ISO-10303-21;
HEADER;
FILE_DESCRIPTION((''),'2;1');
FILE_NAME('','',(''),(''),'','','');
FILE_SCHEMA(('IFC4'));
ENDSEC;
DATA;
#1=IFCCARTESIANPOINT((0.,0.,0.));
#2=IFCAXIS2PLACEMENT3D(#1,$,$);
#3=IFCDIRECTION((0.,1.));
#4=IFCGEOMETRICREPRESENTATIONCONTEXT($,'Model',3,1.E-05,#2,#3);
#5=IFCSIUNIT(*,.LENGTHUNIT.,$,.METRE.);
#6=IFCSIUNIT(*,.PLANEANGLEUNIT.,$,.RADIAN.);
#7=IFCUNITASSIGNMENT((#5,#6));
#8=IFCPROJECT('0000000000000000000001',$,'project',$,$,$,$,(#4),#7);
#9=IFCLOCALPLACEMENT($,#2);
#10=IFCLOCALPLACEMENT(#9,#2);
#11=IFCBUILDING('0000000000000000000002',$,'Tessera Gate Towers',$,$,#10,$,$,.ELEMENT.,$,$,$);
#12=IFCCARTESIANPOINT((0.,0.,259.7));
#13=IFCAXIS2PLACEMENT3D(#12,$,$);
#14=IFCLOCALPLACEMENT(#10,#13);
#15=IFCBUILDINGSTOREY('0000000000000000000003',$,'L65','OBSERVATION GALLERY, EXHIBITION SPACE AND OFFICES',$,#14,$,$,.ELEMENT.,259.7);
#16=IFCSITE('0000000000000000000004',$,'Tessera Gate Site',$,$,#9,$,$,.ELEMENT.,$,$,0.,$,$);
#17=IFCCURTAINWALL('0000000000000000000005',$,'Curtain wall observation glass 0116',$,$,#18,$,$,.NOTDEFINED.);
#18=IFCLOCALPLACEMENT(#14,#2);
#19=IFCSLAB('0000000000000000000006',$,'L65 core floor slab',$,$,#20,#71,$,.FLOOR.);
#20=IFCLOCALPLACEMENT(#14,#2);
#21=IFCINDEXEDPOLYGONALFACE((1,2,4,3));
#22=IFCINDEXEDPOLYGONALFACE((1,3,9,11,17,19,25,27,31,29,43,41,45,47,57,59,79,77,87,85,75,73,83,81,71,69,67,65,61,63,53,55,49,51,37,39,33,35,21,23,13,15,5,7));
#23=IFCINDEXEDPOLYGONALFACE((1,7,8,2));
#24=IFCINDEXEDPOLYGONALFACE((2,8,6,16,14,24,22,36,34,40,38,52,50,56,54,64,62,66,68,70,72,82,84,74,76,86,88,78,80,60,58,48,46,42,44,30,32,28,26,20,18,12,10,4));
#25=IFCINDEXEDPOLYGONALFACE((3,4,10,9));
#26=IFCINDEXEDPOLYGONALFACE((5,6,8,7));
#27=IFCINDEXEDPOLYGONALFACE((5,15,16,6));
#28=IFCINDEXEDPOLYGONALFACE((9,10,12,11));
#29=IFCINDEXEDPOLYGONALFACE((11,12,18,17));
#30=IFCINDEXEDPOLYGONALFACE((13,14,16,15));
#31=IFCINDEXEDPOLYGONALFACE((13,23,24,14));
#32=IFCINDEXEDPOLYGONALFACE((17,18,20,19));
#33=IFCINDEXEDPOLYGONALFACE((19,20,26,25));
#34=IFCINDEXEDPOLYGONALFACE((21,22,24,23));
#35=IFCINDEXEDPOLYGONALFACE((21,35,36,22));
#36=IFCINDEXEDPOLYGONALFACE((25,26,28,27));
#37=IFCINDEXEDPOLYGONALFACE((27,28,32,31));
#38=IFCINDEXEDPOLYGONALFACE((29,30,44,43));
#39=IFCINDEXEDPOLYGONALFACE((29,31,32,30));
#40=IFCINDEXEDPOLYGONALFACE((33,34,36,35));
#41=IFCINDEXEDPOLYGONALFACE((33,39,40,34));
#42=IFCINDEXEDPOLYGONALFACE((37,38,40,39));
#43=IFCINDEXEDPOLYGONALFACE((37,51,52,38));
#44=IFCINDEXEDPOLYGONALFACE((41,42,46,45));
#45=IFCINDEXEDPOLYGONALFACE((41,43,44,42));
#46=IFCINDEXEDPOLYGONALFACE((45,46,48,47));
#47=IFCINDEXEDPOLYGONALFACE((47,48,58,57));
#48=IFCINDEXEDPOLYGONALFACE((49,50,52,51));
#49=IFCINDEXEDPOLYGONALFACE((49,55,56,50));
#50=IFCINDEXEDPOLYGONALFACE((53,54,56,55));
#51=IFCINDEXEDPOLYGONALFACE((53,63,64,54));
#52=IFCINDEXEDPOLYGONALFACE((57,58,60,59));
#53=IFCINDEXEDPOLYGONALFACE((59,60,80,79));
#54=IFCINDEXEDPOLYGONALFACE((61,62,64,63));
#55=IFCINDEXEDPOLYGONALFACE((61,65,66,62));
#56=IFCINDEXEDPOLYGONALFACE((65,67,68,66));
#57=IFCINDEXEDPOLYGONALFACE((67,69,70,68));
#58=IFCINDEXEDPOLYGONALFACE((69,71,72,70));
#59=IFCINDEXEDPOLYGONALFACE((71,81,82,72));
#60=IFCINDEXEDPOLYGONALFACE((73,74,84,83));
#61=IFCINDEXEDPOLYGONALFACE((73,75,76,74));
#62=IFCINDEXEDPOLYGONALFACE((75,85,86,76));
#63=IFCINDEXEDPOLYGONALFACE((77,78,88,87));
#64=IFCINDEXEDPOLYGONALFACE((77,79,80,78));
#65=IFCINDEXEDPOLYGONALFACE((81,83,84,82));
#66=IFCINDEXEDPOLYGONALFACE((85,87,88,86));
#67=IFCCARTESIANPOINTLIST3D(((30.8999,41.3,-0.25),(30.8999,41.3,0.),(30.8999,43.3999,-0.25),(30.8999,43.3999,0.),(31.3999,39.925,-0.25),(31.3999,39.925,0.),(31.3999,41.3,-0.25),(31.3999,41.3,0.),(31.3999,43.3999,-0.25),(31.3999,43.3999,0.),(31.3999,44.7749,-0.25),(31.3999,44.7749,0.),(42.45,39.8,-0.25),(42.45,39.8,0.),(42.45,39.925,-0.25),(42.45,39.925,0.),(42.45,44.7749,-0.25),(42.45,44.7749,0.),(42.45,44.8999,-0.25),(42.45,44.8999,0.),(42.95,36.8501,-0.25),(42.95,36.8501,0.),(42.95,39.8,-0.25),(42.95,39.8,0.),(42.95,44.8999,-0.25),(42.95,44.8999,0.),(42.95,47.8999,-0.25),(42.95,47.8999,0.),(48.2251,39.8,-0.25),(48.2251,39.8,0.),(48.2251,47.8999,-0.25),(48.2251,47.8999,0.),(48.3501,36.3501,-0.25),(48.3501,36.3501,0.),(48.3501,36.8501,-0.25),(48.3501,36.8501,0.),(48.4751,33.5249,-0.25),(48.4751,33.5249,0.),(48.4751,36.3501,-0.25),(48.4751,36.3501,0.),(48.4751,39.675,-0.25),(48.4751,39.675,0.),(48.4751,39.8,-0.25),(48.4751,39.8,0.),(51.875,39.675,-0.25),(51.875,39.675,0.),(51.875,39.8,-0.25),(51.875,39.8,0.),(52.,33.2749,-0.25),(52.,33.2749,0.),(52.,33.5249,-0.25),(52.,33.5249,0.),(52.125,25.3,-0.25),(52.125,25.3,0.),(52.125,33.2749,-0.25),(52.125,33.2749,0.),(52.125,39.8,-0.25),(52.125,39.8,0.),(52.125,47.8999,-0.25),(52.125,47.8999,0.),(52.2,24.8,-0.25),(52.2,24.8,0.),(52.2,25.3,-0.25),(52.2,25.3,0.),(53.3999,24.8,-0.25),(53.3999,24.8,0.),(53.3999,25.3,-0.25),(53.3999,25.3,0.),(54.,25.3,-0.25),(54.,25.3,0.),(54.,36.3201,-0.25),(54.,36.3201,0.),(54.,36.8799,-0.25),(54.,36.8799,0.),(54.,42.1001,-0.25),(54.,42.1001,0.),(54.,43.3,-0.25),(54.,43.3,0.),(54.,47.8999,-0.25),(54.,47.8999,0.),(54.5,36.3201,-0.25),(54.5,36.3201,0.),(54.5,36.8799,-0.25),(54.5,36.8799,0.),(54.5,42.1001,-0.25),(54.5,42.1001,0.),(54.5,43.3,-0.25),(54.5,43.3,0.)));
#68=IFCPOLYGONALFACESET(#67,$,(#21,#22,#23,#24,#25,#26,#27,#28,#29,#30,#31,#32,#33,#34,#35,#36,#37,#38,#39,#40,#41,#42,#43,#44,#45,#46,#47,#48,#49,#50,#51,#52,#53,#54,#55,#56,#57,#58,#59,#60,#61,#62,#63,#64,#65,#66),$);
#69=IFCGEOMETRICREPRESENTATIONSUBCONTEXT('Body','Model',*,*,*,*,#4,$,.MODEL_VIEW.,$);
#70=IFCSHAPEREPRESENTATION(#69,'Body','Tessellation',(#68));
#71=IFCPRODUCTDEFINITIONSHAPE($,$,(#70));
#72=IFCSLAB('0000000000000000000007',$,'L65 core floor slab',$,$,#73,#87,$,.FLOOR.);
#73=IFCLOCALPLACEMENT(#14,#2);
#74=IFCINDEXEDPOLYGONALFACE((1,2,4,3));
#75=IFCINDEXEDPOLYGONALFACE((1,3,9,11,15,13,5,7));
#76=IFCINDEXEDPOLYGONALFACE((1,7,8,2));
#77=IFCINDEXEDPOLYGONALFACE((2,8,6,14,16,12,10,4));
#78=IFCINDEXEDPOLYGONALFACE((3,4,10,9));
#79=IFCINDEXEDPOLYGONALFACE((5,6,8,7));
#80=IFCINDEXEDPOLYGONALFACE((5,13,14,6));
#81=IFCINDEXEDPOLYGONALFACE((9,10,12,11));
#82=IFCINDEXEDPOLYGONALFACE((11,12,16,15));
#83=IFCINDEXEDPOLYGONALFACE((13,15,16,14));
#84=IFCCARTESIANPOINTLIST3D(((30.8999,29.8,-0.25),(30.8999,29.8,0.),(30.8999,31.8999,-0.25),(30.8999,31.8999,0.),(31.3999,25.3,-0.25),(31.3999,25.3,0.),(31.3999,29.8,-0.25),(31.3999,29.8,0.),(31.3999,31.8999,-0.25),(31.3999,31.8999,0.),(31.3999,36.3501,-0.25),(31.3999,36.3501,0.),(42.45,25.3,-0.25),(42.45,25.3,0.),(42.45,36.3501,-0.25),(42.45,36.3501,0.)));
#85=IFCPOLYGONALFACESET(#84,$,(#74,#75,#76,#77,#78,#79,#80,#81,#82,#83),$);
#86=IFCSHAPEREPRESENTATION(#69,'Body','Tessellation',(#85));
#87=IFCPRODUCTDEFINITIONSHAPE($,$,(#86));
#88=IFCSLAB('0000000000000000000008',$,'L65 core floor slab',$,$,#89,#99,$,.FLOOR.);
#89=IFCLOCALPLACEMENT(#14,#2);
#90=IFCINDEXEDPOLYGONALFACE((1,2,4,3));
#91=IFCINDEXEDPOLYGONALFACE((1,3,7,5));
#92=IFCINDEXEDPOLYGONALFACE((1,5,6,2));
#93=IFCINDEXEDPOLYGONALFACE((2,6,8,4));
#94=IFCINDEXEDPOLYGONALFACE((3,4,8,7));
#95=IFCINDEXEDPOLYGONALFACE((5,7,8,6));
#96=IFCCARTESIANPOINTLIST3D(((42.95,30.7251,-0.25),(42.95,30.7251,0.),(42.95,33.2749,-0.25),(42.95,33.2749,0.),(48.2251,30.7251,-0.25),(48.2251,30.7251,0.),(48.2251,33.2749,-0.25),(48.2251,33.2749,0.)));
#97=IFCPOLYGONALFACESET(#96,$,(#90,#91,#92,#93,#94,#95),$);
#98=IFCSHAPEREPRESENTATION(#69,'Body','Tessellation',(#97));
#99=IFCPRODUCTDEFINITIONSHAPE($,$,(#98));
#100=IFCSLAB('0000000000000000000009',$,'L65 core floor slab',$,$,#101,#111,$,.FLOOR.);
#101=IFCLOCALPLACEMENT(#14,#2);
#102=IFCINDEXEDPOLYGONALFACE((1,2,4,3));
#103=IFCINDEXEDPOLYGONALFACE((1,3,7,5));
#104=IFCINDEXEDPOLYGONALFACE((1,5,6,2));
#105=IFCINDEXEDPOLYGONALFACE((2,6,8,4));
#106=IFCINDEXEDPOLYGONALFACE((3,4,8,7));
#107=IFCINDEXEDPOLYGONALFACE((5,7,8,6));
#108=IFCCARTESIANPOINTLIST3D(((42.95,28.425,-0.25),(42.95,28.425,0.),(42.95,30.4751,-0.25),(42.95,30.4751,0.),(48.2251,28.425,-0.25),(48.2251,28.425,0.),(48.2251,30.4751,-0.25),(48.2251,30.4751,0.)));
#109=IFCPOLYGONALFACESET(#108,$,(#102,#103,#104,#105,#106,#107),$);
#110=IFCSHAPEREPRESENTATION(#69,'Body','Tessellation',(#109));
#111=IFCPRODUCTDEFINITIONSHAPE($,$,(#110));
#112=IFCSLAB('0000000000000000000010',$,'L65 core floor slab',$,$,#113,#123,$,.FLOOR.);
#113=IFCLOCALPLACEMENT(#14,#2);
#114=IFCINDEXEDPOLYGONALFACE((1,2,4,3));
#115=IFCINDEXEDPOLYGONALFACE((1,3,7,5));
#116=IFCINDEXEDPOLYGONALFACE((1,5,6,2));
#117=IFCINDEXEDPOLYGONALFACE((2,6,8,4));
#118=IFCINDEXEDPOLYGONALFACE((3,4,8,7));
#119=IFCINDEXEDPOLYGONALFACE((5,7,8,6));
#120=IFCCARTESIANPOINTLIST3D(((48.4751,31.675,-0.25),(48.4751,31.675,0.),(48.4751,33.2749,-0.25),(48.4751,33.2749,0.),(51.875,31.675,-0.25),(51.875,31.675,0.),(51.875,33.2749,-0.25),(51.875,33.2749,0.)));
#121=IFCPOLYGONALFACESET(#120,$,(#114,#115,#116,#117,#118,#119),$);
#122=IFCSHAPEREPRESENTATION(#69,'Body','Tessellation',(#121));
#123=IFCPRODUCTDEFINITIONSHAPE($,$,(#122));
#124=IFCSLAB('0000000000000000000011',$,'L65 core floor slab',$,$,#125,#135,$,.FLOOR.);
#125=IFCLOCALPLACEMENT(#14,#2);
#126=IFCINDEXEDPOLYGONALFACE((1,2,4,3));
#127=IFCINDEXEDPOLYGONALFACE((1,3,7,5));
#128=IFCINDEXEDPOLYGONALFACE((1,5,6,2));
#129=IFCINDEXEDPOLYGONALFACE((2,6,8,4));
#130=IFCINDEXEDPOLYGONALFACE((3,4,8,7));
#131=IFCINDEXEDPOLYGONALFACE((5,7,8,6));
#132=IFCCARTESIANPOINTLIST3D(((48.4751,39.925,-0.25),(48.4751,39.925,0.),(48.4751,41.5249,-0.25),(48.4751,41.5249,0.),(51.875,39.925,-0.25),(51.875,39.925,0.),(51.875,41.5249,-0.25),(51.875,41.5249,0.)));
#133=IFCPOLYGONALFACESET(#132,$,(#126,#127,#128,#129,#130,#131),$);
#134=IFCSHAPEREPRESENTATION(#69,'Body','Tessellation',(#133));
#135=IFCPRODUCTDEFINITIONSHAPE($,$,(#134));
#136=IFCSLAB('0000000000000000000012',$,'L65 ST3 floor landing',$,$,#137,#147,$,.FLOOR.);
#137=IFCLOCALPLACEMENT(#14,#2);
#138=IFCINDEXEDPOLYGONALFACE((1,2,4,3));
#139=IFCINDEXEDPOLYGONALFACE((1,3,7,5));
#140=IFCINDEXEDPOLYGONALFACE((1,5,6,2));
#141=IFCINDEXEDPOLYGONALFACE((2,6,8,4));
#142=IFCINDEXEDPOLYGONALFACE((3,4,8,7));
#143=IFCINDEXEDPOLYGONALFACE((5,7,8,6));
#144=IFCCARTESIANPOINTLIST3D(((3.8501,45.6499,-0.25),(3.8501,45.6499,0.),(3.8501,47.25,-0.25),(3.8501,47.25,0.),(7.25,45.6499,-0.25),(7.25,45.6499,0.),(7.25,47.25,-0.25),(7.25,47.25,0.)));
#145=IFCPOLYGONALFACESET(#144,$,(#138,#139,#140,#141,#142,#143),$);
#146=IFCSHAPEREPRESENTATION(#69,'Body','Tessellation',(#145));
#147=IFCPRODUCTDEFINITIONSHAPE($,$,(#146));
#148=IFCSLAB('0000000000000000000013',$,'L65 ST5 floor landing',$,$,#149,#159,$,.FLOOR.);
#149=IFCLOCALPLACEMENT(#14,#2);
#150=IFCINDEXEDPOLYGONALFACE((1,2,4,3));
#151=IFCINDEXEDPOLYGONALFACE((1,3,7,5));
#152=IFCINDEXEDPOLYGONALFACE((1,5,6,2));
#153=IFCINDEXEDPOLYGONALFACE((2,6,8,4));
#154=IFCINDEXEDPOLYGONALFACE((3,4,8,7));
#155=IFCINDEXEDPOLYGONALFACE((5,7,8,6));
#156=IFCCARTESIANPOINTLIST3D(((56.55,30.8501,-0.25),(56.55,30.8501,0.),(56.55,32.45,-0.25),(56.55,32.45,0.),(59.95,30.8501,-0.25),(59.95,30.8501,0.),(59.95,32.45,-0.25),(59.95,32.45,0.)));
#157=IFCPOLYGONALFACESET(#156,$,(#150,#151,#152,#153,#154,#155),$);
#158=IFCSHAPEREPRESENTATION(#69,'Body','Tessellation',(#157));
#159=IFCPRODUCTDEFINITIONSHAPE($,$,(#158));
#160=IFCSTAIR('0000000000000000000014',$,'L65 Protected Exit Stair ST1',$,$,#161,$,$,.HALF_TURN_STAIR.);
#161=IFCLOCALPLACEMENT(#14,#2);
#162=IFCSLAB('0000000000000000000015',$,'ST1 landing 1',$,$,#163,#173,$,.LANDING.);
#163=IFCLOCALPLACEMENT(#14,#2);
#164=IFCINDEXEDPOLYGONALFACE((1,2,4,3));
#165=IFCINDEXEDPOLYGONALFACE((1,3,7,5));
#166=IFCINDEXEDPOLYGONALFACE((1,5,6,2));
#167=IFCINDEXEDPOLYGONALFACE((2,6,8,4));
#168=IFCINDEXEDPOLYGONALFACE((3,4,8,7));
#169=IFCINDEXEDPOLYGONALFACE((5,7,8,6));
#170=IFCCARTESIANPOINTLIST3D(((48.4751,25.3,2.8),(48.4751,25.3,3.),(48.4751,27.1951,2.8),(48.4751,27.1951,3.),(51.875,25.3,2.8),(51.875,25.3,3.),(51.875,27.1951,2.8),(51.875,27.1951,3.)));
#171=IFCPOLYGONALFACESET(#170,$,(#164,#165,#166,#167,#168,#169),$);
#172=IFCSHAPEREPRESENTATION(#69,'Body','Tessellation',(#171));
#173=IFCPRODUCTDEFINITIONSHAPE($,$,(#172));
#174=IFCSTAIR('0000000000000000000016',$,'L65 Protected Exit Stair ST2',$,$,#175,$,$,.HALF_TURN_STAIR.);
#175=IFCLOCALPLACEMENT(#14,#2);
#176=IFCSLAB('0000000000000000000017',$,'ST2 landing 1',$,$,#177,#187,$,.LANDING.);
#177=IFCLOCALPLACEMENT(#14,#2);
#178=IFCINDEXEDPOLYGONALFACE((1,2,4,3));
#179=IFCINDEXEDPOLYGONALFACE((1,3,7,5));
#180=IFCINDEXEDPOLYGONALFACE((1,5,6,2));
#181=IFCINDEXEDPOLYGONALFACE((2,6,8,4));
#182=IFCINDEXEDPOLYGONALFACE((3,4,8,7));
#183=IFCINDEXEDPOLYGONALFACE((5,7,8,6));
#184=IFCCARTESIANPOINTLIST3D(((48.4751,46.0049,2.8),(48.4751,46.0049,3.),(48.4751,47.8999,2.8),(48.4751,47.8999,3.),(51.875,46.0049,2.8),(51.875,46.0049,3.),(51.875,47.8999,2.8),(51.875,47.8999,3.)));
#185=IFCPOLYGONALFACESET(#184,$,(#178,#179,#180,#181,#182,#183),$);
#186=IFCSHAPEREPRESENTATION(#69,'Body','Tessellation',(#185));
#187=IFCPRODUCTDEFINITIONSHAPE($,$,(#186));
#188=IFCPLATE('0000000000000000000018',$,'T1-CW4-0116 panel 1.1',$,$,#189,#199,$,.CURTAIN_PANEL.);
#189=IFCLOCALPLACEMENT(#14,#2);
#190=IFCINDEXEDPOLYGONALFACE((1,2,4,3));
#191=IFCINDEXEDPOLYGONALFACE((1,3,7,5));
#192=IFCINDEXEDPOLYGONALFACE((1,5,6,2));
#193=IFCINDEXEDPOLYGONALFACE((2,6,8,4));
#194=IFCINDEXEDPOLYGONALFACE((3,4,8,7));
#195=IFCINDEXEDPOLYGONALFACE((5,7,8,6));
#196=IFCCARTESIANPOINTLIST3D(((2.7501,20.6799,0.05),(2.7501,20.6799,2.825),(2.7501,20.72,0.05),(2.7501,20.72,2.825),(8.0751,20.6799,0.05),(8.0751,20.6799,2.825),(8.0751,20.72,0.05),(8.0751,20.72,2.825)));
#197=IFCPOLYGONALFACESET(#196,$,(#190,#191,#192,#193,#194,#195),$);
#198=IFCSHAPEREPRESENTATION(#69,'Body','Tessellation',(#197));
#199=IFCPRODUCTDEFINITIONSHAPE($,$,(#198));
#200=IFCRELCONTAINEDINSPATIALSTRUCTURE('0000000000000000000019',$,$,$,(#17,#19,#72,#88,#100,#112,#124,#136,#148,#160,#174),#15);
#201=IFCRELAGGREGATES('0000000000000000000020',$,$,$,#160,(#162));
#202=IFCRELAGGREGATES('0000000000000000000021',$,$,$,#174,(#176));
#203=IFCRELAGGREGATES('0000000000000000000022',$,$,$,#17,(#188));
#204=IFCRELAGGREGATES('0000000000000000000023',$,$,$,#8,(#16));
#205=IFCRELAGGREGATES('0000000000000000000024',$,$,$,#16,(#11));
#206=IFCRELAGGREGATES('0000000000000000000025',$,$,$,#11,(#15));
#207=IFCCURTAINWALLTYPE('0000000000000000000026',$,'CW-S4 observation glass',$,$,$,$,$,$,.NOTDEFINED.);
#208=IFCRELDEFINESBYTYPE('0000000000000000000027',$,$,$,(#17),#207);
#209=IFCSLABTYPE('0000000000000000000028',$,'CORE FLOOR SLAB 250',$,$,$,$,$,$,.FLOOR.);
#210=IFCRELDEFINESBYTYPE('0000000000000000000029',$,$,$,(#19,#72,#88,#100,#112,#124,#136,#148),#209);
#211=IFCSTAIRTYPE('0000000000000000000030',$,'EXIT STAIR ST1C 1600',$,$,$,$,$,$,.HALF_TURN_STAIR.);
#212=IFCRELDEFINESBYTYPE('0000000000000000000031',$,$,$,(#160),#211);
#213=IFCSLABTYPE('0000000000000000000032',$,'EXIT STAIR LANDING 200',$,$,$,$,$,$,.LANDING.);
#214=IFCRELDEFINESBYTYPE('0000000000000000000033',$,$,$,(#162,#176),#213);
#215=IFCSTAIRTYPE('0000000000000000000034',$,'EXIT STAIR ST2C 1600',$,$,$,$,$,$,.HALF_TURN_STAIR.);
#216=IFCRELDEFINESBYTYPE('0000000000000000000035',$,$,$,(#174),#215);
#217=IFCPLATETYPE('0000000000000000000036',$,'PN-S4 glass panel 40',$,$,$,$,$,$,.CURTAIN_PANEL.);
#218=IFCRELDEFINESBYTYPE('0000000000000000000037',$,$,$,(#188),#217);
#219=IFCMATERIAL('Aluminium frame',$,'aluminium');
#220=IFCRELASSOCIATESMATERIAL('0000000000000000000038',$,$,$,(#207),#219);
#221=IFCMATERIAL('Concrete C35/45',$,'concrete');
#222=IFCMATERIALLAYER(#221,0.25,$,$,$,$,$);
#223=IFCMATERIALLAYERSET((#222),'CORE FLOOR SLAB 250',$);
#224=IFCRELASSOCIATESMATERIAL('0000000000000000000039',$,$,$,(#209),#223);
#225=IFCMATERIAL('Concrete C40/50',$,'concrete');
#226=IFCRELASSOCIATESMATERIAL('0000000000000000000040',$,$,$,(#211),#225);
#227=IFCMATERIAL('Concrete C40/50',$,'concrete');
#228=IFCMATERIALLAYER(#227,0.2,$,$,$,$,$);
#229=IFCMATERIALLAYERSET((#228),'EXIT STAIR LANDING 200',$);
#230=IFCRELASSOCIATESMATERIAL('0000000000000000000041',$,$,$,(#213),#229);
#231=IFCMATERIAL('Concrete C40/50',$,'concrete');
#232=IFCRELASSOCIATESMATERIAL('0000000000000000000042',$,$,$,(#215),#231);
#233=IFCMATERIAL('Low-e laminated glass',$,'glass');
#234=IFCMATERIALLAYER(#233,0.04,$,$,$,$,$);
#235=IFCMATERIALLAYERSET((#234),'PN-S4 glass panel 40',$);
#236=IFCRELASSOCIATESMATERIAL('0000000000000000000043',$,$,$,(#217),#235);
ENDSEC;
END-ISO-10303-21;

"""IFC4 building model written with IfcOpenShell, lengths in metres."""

from ifc_helpers import new_model, si_unit, direction, frame, origin, origin_2d, place, context, subcontext, project, spatial, polyline, rectangle, outline, extrude, material, layer, layer_set, type_object, element, aggregate, save


model = new_model("IFC4")

# Units and contexts
model_context = context("Model", 3, precision=1e-05, world=origin(), true_north=direction((0.0, 1.0)))
body_context = subcontext(model_context, "Body", "Model", "MODEL_VIEW")
ifc_project = project(units=[si_unit("LENGTHUNIT", "METRE"), si_unit("PLANEANGLEUNIT", "RADIAN")], contexts=[model_context])

# Site, building, storey
site_placement = place(None, origin())
site = spatial("IfcSite", under=ifc_project, at=site_placement, Name="Tessera Gate Site", CompositionType="ELEMENT", RefElevation=0.0)
building_placement = place(site_placement, origin())
building = spatial("IfcBuilding", under=site, at=building_placement, Name="Tessera Gate Towers", CompositionType="ELEMENT")
storey_placement = place(building_placement, frame((0.0, 0.0, 259.7)))
storey = spatial("IfcBuildingStorey", under=building, at=storey_placement, Name="L65", Description="OBSERVATION GALLERY, EXHIBITION SPACE AND OFFICES", CompositionType="ELEMENT", Elevation=259.7)

# Curtain wall
ifc_material_1 = material(Name="Aluminium frame", Category="aluminium")
curtain_wall_type = type_object("IfcCurtainWallType", Name="CW-S4 observation glass", PredefinedType="NOTDEFINED", material=ifc_material_1)
curtain_wall_placement = place(storey_placement, origin())
curtain_wall = element("IfcCurtainWall", 1, at=curtain_wall_placement, inside=storey, type_object=curtain_wall_type, Name="Curtain wall observation glass 0116", PredefinedType="NOTDEFINED")

# Slabs
ifc_material_2 = material(Name="Concrete C35/45", Category="concrete")
ifc_layer_1 = layer(ifc_material_2, 0.25)
ifc_layer_set_1 = layer_set([ifc_layer_1], Name="CORE FLOOR SLAB 250")
slab_type_1 = type_object("IfcSlabType", Name="CORE FLOOR SLAB 250", PredefinedType="FLOOR", material=ifc_layer_set_1)
slab_1_placement = place(storey_placement, frame((0.0, 0.0, -0.25)))
element("IfcSlab", 2, at=slab_1_placement, inside=storey, type_object=slab_type_1, Name="L65 core floor slab", PredefinedType="FLOOR", context=body_context, shape_type="SweptSolid", body=[
    extrude(outline(polyline([(42.45, 44.8999), (42.45, 44.7749), (31.3999, 44.7749), (31.3999, 43.3999), (30.8999, 43.3999), (30.8999, 41.3), (31.3999, 41.3), (31.3999, 39.925), (42.45, 39.925), (42.45, 39.8), (42.95, 39.8), (42.95, 36.8501), (48.3501, 36.8501), (48.3501, 36.3501), (48.4751, 36.3501), (48.4751, 33.5249), (52.0, 33.5249), (52.0, 33.2749), (52.125, 33.2749), (52.125, 25.3), (52.2, 25.3), (52.2, 24.8), (53.3999, 24.8), (53.3999, 25.3), (54.0, 25.3), (54.0, 36.3201), (54.5, 36.3201), (54.5, 36.8799), (54.0, 36.8799), (54.0, 42.1001), (54.5, 42.1001), (54.5, 43.3), (54.0, 43.3), (54.0, 47.8999), (52.125, 47.8999), (52.125, 39.8), (51.875, 39.8), (51.875, 39.675), (48.4751, 39.675), (48.4751, 39.8), (48.2251, 39.8), (48.2251, 47.8999), (42.95, 47.8999), (42.95, 44.8999), (42.45, 44.8999)])), origin(), (0.0, 0.0, 1.0), 0.25),
])
slab_2_placement = place(storey_placement, frame((0.0, 0.0, -0.25)))
element("IfcSlab", 3, at=slab_2_placement, inside=storey, type_object=slab_type_1, Name="L65 core floor slab", PredefinedType="FLOOR", context=body_context, shape_type="SweptSolid", body=[
    extrude(outline(polyline([(31.3999, 36.3501), (31.3999, 31.8999), (30.8999, 31.8999), (30.8999, 29.8), (31.3999, 29.8), (31.3999, 25.3), (42.45, 25.3), (42.45, 36.3501), (31.3999, 36.3501)])), origin(), (0.0, 0.0, 1.0), 0.25),
])
slab_3_placement = place(storey_placement, frame((0.0, 0.0, -0.25)))
element("IfcSlab", 4, at=slab_3_placement, inside=storey, type_object=slab_type_1, Name="L65 core floor slab", PredefinedType="FLOOR", context=body_context, shape_type="SweptSolid", body=[
    extrude(outline(polyline([(42.95, 33.2749), (42.95, 30.7251), (48.2251, 30.7251), (48.2251, 33.2749), (42.95, 33.2749)])), origin(), (0.0, 0.0, 1.0), 0.25),
])
slab_4_placement = place(storey_placement, frame((0.0, 0.0, -0.25)))
element("IfcSlab", 5, at=slab_4_placement, inside=storey, type_object=slab_type_1, Name="L65 core floor slab", PredefinedType="FLOOR", context=body_context, shape_type="SweptSolid", body=[
    extrude(outline(polyline([(48.2251, 30.4751), (42.95, 30.4751), (42.95, 28.425), (48.2251, 28.425), (48.2251, 30.4751)])), origin(), (0.0, 0.0, 1.0), 0.25),
])
slab_5_placement = place(storey_placement, frame((0.0, 0.0, -0.25)))
element("IfcSlab", 6, at=slab_5_placement, inside=storey, type_object=slab_type_1, Name="L65 core floor slab", PredefinedType="FLOOR", context=body_context, shape_type="SweptSolid", body=[
    extrude(outline(polyline([(51.875, 31.675), (51.875, 33.2749), (48.4751, 33.2749), (48.4751, 31.675), (51.875, 31.675)])), origin(), (0.0, 0.0, 1.0), 0.25),
])
slab_6_placement = place(storey_placement, frame((0.0, 0.0, -0.25)))
element("IfcSlab", 7, at=slab_6_placement, inside=storey, type_object=slab_type_1, Name="L65 core floor slab", PredefinedType="FLOOR", context=body_context, shape_type="SweptSolid", body=[
    extrude(outline(polyline([(48.4751, 41.5249), (48.4751, 39.925), (51.875, 39.925), (51.875, 41.5249), (48.4751, 41.5249)])), origin(), (0.0, 0.0, 1.0), 0.25),
])
slab_7_placement = place(storey_placement, frame((0.0, 0.0, -0.25)))
element("IfcSlab", 8, at=slab_7_placement, inside=storey, type_object=slab_type_1, Name="L65 ST3 floor landing", PredefinedType="FLOOR", context=body_context, shape_type="SweptSolid", body=[
    extrude(outline(polyline([(3.8501, 47.25), (3.8501, 45.6499), (7.25, 45.6499), (7.25, 47.25), (3.8501, 47.25)])), origin(), (0.0, 0.0, 1.0), 0.25),
])
slab_8_placement = place(storey_placement, frame((0.0, 0.0, -0.25)))
element("IfcSlab", 9, at=slab_8_placement, inside=storey, type_object=slab_type_1, Name="L65 ST5 floor landing", PredefinedType="FLOOR", context=body_context, shape_type="SweptSolid", body=[
    extrude(outline(polyline([(59.95, 30.8501), (59.95, 32.45), (56.55, 32.45), (56.55, 30.8501), (59.95, 30.8501)])), origin(), (0.0, 0.0, 1.0), 0.25),
])

# Stairs, slabs
ifc_material_3 = material(Name="Concrete C40/50", Category="concrete")
stair_type_1 = type_object("IfcStairType", Name="EXIT STAIR ST1C 1600", PredefinedType="HALF_TURN_STAIR", material=ifc_material_3)
stair_1_placement = place(storey_placement, origin())
stair_1 = element("IfcStair", 10, at=stair_1_placement, inside=storey, type_object=stair_type_1, Name="L65 Protected Exit Stair ST1", PredefinedType="HALF_TURN_STAIR")
ifc_material_4 = material(Name="Concrete C40/50", Category="concrete")
ifc_layer_2 = layer(ifc_material_4, 0.2)
ifc_layer_set_2 = layer_set([ifc_layer_2], Name="EXIT STAIR LANDING 200")
slab_type_2 = type_object("IfcSlabType", Name="EXIT STAIR LANDING 200", PredefinedType="LANDING", material=ifc_layer_set_2)
slab_9_placement = place(storey_placement, frame((0.0, 0.0, 2.8)))
slab_9 = element("IfcSlab", 11, at=slab_9_placement, type_object=slab_type_2, Name="ST1 landing 1", PredefinedType="LANDING", context=body_context, shape_type="SweptSolid", body=[
    extrude(outline(polyline([(48.4751, 27.1951), (48.4751, 25.3), (51.875, 25.3), (51.875, 27.1951), (48.4751, 27.1951)])), origin(), (0.0, 0.0, 1.0), 0.2),
])
aggregate(stair_1, [slab_9])
ifc_material_5 = material(Name="Concrete C40/50", Category="concrete")
stair_type_2 = type_object("IfcStairType", Name="EXIT STAIR ST2C 1600", PredefinedType="HALF_TURN_STAIR", material=ifc_material_5)
stair_2_placement = place(storey_placement, origin())
stair_2 = element("IfcStair", 12, at=stair_2_placement, inside=storey, type_object=stair_type_2, Name="L65 Protected Exit Stair ST2", PredefinedType="HALF_TURN_STAIR")
slab_10_placement = place(storey_placement, frame((0.0, 0.0, 2.8)))
slab_10 = element("IfcSlab", 13, at=slab_10_placement, type_object=slab_type_2, Name="ST2 landing 1", PredefinedType="LANDING", context=body_context, shape_type="SweptSolid", body=[
    extrude(outline(polyline([(51.875, 46.0049), (51.875, 47.8999), (48.4751, 47.8999), (48.4751, 46.0049), (51.875, 46.0049)])), origin(), (0.0, 0.0, 1.0), 0.2),
])
aggregate(stair_2, [slab_10])

# Plate
ifc_material_6 = material(Name="Low-e laminated glass", Category="glass")
ifc_layer_3 = layer(ifc_material_6, 0.04)
ifc_layer_set_3 = layer_set([ifc_layer_3], Name="PN-S4 glass panel 40")
plate_type = type_object("IfcPlateType", Name="PN-S4 glass panel 40", PredefinedType="CURTAIN_PANEL", material=ifc_layer_set_3)
plate_1_placement = place(storey_placement, frame((5.4126, 20.7, 0.05), z_axis=(0.0, 0.0, 1.0), x_axis=(1.0, 0.0, 0.0)))
plate_1 = element("IfcPlate", 14, at=plate_1_placement, type_object=plate_type, Name="T1-CW4-0116 panel 1.1", PredefinedType="CURTAIN_PANEL", context=body_context, shape_type="SweptSolid", body=[
    extrude(rectangle(XDim=5.325, YDim=0.04, at=origin_2d()), origin(), (0.0, 0.0, 1.0), 2.7749),
])
aggregate(curtain_wall, [plate_1])

save(model, "model.ifc")
